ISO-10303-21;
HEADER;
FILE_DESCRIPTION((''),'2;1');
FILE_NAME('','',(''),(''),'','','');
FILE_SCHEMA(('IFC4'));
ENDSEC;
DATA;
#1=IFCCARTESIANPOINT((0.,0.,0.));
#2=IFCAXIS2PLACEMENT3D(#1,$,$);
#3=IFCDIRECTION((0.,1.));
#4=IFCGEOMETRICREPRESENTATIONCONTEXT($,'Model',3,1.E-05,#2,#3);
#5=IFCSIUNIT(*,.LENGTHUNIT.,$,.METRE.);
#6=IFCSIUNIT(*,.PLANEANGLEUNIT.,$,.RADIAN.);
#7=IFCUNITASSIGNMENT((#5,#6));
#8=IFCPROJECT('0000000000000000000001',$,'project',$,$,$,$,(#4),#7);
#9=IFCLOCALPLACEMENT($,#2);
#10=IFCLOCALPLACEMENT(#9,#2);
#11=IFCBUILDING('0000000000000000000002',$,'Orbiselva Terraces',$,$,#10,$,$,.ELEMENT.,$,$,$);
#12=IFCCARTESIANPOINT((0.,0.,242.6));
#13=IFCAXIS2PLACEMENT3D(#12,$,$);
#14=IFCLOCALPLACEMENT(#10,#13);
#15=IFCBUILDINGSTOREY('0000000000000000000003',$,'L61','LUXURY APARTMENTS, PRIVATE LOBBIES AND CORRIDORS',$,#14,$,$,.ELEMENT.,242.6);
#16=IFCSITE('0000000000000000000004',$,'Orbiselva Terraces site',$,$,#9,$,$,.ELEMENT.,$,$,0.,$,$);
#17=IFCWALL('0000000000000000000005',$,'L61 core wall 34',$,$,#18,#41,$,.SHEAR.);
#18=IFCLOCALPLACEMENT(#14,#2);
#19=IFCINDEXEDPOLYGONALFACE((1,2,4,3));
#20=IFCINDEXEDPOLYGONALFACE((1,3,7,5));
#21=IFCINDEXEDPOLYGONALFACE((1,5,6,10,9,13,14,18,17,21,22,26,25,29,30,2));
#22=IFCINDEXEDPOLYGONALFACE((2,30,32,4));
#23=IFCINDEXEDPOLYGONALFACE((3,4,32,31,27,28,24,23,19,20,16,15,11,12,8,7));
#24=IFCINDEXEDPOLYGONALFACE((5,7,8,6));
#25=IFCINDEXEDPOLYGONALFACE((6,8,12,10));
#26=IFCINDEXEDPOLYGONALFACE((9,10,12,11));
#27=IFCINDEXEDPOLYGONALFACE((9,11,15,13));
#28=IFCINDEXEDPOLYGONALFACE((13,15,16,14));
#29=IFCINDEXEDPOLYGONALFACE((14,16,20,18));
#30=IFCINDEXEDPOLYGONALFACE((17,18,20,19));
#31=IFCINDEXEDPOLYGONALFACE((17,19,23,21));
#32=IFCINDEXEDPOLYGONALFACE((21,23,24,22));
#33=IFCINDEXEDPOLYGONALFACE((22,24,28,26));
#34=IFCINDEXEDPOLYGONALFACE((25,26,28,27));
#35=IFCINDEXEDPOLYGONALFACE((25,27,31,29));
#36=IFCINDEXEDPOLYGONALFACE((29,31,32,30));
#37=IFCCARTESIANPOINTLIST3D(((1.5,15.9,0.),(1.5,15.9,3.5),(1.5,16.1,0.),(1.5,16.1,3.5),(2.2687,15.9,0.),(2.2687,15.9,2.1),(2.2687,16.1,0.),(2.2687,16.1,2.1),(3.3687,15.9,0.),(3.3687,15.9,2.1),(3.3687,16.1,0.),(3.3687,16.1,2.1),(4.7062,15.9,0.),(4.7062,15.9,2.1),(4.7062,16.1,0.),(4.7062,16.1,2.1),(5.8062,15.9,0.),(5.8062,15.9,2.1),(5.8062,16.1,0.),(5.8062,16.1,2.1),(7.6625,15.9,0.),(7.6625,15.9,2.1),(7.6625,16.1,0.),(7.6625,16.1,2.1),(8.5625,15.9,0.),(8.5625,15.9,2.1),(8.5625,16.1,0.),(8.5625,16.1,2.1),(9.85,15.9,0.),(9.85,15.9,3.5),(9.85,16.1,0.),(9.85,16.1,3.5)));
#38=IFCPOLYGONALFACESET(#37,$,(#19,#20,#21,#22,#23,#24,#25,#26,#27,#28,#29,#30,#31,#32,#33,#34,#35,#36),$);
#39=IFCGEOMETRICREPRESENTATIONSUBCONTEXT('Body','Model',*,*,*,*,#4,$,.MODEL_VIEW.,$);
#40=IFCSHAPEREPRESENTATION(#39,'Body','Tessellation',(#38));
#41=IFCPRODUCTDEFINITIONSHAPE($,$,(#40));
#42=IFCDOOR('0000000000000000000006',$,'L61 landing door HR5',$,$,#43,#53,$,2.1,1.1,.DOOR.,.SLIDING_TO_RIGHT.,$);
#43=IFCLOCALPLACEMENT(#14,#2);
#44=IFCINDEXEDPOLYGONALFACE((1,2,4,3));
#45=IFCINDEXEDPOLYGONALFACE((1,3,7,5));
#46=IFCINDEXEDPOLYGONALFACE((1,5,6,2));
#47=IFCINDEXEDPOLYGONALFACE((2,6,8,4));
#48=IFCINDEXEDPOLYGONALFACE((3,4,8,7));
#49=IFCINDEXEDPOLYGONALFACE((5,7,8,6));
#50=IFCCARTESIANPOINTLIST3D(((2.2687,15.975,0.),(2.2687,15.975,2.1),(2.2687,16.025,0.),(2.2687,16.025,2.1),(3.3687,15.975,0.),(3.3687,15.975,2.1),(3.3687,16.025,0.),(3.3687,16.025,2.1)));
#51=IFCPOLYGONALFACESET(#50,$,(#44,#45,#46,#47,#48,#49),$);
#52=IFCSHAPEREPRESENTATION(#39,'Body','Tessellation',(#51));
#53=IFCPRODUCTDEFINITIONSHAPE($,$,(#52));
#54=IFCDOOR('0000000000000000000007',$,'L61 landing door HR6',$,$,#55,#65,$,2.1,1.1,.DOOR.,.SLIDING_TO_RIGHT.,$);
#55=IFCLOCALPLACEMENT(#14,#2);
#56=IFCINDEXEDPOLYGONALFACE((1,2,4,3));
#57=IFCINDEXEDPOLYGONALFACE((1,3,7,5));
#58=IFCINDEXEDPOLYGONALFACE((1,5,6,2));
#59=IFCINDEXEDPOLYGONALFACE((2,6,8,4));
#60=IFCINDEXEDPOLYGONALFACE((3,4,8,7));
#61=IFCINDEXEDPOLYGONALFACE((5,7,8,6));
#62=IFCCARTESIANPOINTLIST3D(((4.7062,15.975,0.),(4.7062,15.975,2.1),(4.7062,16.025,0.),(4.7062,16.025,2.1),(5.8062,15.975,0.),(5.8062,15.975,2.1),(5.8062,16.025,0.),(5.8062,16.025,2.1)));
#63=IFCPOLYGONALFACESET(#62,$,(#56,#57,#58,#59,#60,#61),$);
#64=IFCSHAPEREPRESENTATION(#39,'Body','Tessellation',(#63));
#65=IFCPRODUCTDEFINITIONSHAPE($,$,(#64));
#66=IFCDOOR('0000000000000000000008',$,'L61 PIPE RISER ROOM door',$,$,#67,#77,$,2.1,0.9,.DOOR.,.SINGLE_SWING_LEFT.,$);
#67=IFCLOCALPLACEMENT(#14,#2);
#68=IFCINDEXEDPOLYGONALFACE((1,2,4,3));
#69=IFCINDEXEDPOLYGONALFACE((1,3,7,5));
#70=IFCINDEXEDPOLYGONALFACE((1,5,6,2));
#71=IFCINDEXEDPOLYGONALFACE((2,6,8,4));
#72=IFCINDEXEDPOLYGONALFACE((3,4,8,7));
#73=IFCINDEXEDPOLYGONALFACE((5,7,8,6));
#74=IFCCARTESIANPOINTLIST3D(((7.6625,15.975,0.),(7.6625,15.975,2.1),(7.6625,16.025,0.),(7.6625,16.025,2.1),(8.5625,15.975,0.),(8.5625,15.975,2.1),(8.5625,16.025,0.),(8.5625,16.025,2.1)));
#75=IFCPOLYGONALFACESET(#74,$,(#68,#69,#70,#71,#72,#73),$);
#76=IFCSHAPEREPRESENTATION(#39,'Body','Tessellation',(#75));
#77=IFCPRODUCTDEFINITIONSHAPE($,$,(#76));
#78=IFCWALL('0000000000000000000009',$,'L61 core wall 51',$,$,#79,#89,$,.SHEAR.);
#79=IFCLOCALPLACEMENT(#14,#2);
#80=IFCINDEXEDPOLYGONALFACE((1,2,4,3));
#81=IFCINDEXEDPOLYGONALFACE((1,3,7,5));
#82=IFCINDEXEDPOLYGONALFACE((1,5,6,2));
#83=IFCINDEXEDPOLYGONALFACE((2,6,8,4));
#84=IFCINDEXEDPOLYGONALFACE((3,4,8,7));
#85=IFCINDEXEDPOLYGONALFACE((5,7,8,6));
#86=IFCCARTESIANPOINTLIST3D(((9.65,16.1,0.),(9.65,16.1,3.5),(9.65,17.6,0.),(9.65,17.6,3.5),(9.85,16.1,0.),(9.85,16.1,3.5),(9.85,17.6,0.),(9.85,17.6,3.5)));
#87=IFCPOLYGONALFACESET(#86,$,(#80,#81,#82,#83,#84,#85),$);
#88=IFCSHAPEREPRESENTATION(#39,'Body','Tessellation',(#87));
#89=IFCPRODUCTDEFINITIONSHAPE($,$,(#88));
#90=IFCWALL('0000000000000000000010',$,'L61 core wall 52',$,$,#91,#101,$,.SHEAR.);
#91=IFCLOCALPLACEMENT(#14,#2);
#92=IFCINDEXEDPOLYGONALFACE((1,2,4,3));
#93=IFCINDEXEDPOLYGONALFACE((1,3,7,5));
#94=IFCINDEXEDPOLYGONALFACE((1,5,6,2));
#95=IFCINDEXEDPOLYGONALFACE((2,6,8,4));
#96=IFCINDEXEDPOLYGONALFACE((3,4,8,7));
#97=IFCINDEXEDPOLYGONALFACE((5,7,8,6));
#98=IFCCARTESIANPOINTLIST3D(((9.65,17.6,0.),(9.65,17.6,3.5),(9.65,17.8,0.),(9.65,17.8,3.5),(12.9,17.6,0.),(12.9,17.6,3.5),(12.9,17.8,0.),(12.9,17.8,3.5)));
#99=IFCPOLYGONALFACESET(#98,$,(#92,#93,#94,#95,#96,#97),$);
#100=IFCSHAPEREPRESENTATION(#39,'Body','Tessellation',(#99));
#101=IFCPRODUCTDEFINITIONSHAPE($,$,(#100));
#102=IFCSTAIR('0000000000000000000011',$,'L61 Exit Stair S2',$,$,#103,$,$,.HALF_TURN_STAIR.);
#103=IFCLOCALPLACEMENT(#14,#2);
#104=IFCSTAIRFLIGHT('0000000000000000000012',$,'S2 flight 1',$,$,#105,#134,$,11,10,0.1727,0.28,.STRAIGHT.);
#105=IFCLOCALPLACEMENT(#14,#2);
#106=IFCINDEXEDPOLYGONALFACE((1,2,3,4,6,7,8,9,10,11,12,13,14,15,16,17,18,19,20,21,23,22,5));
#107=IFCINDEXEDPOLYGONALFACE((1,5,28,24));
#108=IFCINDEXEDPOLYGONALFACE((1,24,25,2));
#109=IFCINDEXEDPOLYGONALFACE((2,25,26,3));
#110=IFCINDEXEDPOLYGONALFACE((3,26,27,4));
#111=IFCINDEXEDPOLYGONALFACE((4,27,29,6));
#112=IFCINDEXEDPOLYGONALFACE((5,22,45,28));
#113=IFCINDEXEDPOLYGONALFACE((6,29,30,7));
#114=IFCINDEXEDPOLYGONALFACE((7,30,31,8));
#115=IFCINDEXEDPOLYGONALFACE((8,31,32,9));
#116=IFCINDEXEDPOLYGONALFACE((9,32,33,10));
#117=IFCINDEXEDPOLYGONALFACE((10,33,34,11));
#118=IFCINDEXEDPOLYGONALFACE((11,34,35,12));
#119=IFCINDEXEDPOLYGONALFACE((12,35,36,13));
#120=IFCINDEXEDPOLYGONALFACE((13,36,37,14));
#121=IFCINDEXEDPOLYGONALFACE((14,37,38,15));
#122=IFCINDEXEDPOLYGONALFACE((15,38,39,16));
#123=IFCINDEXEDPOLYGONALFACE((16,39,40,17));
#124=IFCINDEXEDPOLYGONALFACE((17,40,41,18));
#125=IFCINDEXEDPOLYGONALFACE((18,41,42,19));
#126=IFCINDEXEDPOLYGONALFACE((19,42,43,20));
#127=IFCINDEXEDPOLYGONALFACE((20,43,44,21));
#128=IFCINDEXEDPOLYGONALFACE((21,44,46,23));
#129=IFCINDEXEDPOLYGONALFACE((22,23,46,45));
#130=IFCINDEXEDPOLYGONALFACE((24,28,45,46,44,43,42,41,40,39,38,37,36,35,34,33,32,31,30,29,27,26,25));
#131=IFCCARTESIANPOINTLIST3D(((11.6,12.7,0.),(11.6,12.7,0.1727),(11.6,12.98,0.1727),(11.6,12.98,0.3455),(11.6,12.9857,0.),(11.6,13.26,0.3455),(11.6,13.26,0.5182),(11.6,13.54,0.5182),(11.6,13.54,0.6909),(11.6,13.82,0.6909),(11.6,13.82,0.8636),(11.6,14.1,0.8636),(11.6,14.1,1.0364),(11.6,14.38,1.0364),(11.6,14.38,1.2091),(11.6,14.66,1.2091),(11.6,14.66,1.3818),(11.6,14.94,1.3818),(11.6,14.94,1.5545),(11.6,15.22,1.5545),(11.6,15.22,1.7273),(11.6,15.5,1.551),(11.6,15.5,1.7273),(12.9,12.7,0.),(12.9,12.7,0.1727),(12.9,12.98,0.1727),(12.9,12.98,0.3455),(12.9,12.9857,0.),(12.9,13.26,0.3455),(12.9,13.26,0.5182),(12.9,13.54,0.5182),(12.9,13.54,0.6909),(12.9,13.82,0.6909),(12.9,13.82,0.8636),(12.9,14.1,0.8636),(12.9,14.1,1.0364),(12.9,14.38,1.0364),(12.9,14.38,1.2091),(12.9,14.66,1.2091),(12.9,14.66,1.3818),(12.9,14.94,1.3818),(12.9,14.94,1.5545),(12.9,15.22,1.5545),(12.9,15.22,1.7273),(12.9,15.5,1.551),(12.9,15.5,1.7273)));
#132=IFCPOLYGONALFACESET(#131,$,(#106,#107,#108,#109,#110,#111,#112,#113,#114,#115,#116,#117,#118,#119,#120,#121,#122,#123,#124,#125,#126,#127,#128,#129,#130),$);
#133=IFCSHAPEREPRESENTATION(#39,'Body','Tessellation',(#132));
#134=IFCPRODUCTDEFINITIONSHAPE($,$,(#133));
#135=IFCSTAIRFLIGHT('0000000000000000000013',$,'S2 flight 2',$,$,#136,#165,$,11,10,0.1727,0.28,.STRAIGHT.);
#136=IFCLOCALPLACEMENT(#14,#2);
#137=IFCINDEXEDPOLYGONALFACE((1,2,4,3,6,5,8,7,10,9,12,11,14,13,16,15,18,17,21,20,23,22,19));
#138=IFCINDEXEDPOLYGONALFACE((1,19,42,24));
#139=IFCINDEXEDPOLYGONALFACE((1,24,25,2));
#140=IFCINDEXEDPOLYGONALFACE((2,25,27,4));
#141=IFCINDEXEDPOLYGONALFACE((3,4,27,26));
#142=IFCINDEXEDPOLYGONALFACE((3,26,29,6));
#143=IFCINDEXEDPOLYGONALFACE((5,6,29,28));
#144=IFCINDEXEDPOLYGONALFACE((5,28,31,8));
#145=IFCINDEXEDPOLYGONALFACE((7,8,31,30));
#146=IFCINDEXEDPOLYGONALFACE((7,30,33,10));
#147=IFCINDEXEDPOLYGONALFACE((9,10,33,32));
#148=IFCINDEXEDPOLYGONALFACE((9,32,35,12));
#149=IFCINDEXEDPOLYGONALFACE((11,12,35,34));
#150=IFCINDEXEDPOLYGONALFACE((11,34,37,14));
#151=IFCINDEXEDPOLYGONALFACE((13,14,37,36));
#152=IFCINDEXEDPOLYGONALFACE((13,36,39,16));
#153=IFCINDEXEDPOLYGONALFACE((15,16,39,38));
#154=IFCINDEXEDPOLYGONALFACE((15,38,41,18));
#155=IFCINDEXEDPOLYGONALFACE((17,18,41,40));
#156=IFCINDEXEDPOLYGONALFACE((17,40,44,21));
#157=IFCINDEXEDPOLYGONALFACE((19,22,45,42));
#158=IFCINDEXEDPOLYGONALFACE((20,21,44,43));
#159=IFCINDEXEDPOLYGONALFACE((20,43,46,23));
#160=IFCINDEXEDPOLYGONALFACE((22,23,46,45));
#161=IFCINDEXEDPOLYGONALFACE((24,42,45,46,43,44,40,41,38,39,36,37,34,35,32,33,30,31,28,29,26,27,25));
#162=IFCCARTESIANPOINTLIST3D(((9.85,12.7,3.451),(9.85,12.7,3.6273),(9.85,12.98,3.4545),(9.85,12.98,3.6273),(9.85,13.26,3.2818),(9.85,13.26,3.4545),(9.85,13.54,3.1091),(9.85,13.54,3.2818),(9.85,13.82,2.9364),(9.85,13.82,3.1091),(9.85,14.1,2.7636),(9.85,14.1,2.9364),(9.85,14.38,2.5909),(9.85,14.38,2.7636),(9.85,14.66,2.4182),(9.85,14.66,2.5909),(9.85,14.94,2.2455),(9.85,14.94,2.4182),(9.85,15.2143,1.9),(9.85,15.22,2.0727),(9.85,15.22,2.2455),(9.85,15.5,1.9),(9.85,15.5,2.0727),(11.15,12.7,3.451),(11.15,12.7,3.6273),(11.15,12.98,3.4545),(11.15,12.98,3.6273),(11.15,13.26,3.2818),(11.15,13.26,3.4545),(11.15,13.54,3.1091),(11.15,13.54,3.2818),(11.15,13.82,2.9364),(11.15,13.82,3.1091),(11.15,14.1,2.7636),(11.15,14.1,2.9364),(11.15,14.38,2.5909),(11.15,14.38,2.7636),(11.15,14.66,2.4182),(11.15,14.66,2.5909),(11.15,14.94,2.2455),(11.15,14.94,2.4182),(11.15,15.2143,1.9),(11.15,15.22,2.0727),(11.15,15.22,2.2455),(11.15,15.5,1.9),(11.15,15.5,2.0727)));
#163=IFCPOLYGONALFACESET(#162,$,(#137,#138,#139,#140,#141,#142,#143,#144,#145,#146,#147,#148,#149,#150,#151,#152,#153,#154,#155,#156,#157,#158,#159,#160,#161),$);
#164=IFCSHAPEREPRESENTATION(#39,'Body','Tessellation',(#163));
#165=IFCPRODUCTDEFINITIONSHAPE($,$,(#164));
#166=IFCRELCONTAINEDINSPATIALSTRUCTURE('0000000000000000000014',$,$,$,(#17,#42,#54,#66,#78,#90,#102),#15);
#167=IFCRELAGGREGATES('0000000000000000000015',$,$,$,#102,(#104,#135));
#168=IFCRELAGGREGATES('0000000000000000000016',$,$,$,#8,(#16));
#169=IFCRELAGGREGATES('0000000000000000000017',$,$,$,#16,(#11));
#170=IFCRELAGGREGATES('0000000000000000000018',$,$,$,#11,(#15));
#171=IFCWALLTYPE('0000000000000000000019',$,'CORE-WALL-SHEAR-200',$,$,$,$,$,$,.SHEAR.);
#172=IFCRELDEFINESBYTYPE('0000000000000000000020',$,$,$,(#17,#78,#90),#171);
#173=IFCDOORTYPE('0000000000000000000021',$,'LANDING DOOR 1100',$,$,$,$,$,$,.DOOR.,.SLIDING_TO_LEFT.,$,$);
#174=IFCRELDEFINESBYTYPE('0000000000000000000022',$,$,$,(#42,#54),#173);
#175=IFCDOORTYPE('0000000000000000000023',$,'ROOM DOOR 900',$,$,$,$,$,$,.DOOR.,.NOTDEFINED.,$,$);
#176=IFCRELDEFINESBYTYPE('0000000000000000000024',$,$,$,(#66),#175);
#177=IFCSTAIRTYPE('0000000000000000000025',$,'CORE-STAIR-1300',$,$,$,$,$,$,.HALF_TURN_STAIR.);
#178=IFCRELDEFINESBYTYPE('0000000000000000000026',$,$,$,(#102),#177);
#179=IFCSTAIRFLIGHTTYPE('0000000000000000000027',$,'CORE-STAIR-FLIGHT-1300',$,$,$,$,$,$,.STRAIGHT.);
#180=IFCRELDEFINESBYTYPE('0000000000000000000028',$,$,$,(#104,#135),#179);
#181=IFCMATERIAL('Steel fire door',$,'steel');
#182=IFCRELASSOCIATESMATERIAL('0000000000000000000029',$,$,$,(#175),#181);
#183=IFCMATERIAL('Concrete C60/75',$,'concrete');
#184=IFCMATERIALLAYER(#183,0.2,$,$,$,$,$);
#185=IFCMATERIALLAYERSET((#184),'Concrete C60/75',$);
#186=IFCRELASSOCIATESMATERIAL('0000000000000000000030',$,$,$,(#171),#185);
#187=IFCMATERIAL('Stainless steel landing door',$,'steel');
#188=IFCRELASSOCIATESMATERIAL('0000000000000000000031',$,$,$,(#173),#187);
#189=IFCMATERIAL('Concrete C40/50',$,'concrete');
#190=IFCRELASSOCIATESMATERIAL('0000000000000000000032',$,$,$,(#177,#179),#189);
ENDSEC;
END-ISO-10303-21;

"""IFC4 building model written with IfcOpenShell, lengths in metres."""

from ifc_helpers import new_model, si_unit, direction, frame, frame_2d, origin, place, context, subcontext, project, spatial, polyline, rectangle, outline, extrude, material, layer, layer_set, type_object, element, fill, aggregate, save


model = new_model("IFC4")

# Units and contexts
model_context = context("Model", 3, precision=1e-05, world=origin(), true_north=direction((0.0, 1.0)))
body_context = subcontext(model_context, "Body", "Model", "MODEL_VIEW")
ifc_project = project(units=[si_unit("LENGTHUNIT", "METRE"), si_unit("PLANEANGLEUNIT", "RADIAN")], contexts=[model_context])

# Site, building, storey
site_placement = place(None, origin())
site = spatial("IfcSite", under=ifc_project, at=site_placement, Name="Orbiselva Terraces site", CompositionType="ELEMENT", RefElevation=0.0)
building_placement = place(site_placement, origin())
building = spatial("IfcBuilding", under=site, at=building_placement, Name="Orbiselva Terraces", CompositionType="ELEMENT")
storey_placement = place(building_placement, frame((0.0, 0.0, 242.6)))
storey = spatial("IfcBuildingStorey", under=building, at=storey_placement, Name="L61", Description="LUXURY APARTMENTS, PRIVATE LOBBIES AND CORRIDORS", CompositionType="ELEMENT", Elevation=242.6)

# Shared definitions
ifc_material_1 = material(Name="Steel fire door", Category="steel")
door_type_1 = type_object("IfcDoorType", Name="ROOM DOOR 900", OperationType="NOTDEFINED", PredefinedType="DOOR", material=ifc_material_1)

# Shared definitions
ifc_material_2 = material(Name="Concrete C40/50", Category="concrete")
ifc_material_3 = material(Name="Concrete C60/75", Category="concrete")
ifc_layer_1 = layer(ifc_material_3, 0.2)
ifc_layer_set_1 = layer_set([ifc_layer_1], Name="Concrete C60/75")
wall_type_1 = type_object("IfcWallType", Name="CORE-WALL-SHEAR-200", PredefinedType="SHEAR", material=ifc_layer_set_1)

# Wall, openings, doors
wall_1_placement = place(storey_placement, frame((9.85, 16.0, 0.0), z_axis=(0.0, 0.0, 1.0), x_axis=(-1.0, 0.0, 0.0)))
wall_1 = element("IfcWall", 1, at=wall_1_placement, inside=storey, type_object=wall_type_1, Name="L61 core wall 34", PredefinedType="SHEAR", context=body_context, shape_type="SweptSolid", body=[
    extrude(rectangle(XDim=8.35, YDim=0.2, at=frame_2d((4.175, 0.0))), origin(), (0.0, 0.0, 1.0), 3.5),
])
opening_1_placement = place(wall_1_placement, frame((6.4813, 0.0, 0.0)))
opening_1 = element("IfcOpeningElement", 2, at=opening_1_placement, cuts=wall_1, PredefinedType="OPENING", context=body_context, shape_type="SweptSolid", body=[
    extrude(rectangle(XDim=1.1, YDim=2.1, at=frame_2d((0.55, 1.05))), frame((0.0, 0.11, 0.0), z_axis=(0.0, -1.0, 0.0), x_axis=(1.0, 0.0, 0.0)), (0.0, 0.0, 1.0), 0.22),
])
opening_2_placement = place(wall_1_placement, frame((4.0438, 0.0, 0.0)))
opening_2 = element("IfcOpeningElement", 3, at=opening_2_placement, cuts=wall_1, PredefinedType="OPENING", context=body_context, shape_type="SweptSolid", body=[
    extrude(rectangle(XDim=1.1, YDim=2.1, at=frame_2d((0.55, 1.05))), frame((0.0, 0.11, 0.0), z_axis=(0.0, -1.0, 0.0), x_axis=(1.0, 0.0, 0.0)), (0.0, 0.0, 1.0), 0.22),
])
opening_3_placement = place(wall_1_placement, frame((1.2875, 0.0, 0.0)))
opening_3 = element("IfcOpeningElement", 4, at=opening_3_placement, cuts=wall_1, PredefinedType="OPENING", context=body_context, shape_type="SweptSolid", body=[
    extrude(rectangle(XDim=0.9, YDim=2.1, at=frame_2d((0.45, 1.05))), frame((0.0, 0.11, 0.0), z_axis=(0.0, -1.0, 0.0), x_axis=(1.0, 0.0, 0.0)), (0.0, 0.0, 1.0), 0.22),
])
ifc_material_4 = material(Name="Stainless steel landing door", Category="steel")
door_type_2 = type_object("IfcDoorType", Name="LANDING DOOR 1100", OperationType="SLIDING_TO_LEFT", PredefinedType="DOOR", material=ifc_material_4)
door_1_placement = place(opening_1_placement, origin())
door_1 = element("IfcDoor", 5, at=door_1_placement, inside=storey, type_object=door_type_2, Name="L61 landing door HR5", OperationType="SLIDING_TO_RIGHT", OverallHeight=2.1, OverallWidth=1.1, PredefinedType="DOOR", context=body_context, shape_type="SweptSolid", body=[
    extrude(rectangle(XDim=1.1, YDim=2.1, at=frame_2d((0.55, 1.05))), frame((0.0, 0.025, 0.0), z_axis=(0.0, -1.0, 0.0), x_axis=(1.0, 0.0, 0.0)), (0.0, 0.0, 1.0), 0.05),
])
fill(opening_1, door_1)
door_2_placement = place(opening_2_placement, origin())
door_2 = element("IfcDoor", 6, at=door_2_placement, inside=storey, type_object=door_type_2, Name="L61 landing door HR6", OperationType="SLIDING_TO_RIGHT", OverallHeight=2.1, OverallWidth=1.1, PredefinedType="DOOR", context=body_context, shape_type="SweptSolid", body=[
    extrude(rectangle(XDim=1.1, YDim=2.1, at=frame_2d((0.55, 1.05))), frame((0.0, 0.025, 0.0), z_axis=(0.0, -1.0, 0.0), x_axis=(1.0, 0.0, 0.0)), (0.0, 0.0, 1.0), 0.05),
])
fill(opening_2, door_2)
door_3_placement = place(opening_3_placement, origin())
door_3 = element("IfcDoor", 7, at=door_3_placement, inside=storey, type_object=door_type_1, Name="L61 PIPE RISER ROOM door", OperationType="SINGLE_SWING_LEFT", OverallHeight=2.1, OverallWidth=0.9, PredefinedType="DOOR", context=body_context, shape_type="SweptSolid", body=[
    extrude(rectangle(XDim=0.9, YDim=2.1, at=frame_2d((0.45, 1.05))), frame((0.0, 0.025, 0.0), z_axis=(0.0, -1.0, 0.0), x_axis=(1.0, 0.0, 0.0)), (0.0, 0.0, 1.0), 0.05),
])
fill(opening_3, door_3)

# Walls
wall_2_placement = place(storey_placement, frame((9.75, 16.1, 0.0), z_axis=(0.0, 0.0, 1.0), x_axis=(0.0, 1.0, 0.0)))
element("IfcWall", 8, at=wall_2_placement, inside=storey, type_object=wall_type_1, Name="L61 core wall 51", PredefinedType="SHEAR", context=body_context, shape_type="SweptSolid", body=[
    extrude(rectangle(XDim=1.5, YDim=0.2, at=frame_2d((0.75, 0.0))), origin(), (0.0, 0.0, 1.0), 3.5),
])
wall_3_placement = place(storey_placement, frame((9.65, 17.7, 0.0), z_axis=(0.0, 0.0, 1.0), x_axis=(1.0, 0.0, 0.0)))
element("IfcWall", 9, at=wall_3_placement, inside=storey, type_object=wall_type_1, Name="L61 core wall 52", PredefinedType="SHEAR", context=body_context, shape_type="SweptSolid", body=[
    extrude(rectangle(XDim=3.25, YDim=0.2, at=frame_2d((1.625, 0.0))), origin(), (0.0, 0.0, 1.0), 3.5),
])

# Stair, stair flights
stair_type = type_object("IfcStairType", Name="CORE-STAIR-1300", PredefinedType="HALF_TURN_STAIR", material=ifc_material_2)
stair_placement = place(storey_placement, origin())
stair = element("IfcStair", 10, at=stair_placement, inside=storey, type_object=stair_type, Name="L61 Exit Stair S2", PredefinedType="HALF_TURN_STAIR")
stair_flight_type = type_object("IfcStairFlightType", Name="CORE-STAIR-FLIGHT-1300", PredefinedType="STRAIGHT", material=ifc_material_2)
stair_flight_1_placement = place(storey_placement, frame((12.25, 12.7, 0.0), z_axis=(0.0, 0.0, 1.0), x_axis=(0.0, 1.0, 0.0)))
stair_flight_1 = element("IfcStairFlight", 11, at=stair_flight_1_placement, type_object=stair_flight_type, Name="S2 flight 1", NumberOfRisers=11, NumberOfTreads=10, PredefinedType="STRAIGHT", RiserHeight=0.1727, TreadLength=0.28, context=body_context, shape_type="SweptSolid", body=[
    extrude(outline(polyline([(0.0, 0.0), (0.0, 0.1727), (0.28, 0.1727), (0.28, 0.3455), (0.56, 0.3455), (0.56, 0.5182), (0.84, 0.5182), (0.84, 0.6909), (1.12, 0.6909), (1.12, 0.8636), (1.4, 0.8636), (1.4, 1.0364), (1.68, 1.0364), (1.68, 1.2091), (1.96, 1.2091), (1.96, 1.3818), (2.24, 1.3818), (2.24, 1.5545), (2.52, 1.5545), (2.52, 1.7273), (2.8, 1.7273), (2.8, 1.9), (2.8, 1.551), (0.2857, 0.0), (0.0, 0.0)])), frame((0.0, 0.65, 0.0), z_axis=(0.0, -1.0, 0.0), x_axis=(1.0, 0.0, 0.0)), (0.0, 0.0, 1.0), 1.3),
])
stair_flight_2_placement = place(storey_placement, frame((10.5, 15.5, 1.9), z_axis=(0.0, 0.0, 1.0), x_axis=(0.0, -1.0, 0.0)))
stair_flight_2 = element("IfcStairFlight", 12, at=stair_flight_2_placement, type_object=stair_flight_type, Name="S2 flight 2", NumberOfRisers=11, NumberOfTreads=10, PredefinedType="STRAIGHT", RiserHeight=0.1727, TreadLength=0.28, context=body_context, shape_type="SweptSolid", body=[
    extrude(outline(polyline([(0.0, 0.0), (0.0, 0.1727), (0.28, 0.1727), (0.28, 0.3455), (0.56, 0.3455), (0.56, 0.5182), (0.84, 0.5182), (0.84, 0.6909), (1.12, 0.6909), (1.12, 0.8636), (1.4, 0.8636), (1.4, 1.0364), (1.68, 1.0364), (1.68, 1.2091), (1.96, 1.2091), (1.96, 1.3818), (2.24, 1.3818), (2.24, 1.5545), (2.52, 1.5545), (2.52, 1.7273), (2.8, 1.7273), (2.8, 1.9), (2.8, 1.551), (0.2857, 0.0), (0.0, 0.0)])), frame((0.0, 0.65, 0.0), z_axis=(0.0, -1.0, 0.0), x_axis=(1.0, 0.0, 0.0)), (0.0, 0.0, 1.0), 1.3),
])
aggregate(stair, [stair_flight_1, stair_flight_2])

save(model, "model.ifc")
